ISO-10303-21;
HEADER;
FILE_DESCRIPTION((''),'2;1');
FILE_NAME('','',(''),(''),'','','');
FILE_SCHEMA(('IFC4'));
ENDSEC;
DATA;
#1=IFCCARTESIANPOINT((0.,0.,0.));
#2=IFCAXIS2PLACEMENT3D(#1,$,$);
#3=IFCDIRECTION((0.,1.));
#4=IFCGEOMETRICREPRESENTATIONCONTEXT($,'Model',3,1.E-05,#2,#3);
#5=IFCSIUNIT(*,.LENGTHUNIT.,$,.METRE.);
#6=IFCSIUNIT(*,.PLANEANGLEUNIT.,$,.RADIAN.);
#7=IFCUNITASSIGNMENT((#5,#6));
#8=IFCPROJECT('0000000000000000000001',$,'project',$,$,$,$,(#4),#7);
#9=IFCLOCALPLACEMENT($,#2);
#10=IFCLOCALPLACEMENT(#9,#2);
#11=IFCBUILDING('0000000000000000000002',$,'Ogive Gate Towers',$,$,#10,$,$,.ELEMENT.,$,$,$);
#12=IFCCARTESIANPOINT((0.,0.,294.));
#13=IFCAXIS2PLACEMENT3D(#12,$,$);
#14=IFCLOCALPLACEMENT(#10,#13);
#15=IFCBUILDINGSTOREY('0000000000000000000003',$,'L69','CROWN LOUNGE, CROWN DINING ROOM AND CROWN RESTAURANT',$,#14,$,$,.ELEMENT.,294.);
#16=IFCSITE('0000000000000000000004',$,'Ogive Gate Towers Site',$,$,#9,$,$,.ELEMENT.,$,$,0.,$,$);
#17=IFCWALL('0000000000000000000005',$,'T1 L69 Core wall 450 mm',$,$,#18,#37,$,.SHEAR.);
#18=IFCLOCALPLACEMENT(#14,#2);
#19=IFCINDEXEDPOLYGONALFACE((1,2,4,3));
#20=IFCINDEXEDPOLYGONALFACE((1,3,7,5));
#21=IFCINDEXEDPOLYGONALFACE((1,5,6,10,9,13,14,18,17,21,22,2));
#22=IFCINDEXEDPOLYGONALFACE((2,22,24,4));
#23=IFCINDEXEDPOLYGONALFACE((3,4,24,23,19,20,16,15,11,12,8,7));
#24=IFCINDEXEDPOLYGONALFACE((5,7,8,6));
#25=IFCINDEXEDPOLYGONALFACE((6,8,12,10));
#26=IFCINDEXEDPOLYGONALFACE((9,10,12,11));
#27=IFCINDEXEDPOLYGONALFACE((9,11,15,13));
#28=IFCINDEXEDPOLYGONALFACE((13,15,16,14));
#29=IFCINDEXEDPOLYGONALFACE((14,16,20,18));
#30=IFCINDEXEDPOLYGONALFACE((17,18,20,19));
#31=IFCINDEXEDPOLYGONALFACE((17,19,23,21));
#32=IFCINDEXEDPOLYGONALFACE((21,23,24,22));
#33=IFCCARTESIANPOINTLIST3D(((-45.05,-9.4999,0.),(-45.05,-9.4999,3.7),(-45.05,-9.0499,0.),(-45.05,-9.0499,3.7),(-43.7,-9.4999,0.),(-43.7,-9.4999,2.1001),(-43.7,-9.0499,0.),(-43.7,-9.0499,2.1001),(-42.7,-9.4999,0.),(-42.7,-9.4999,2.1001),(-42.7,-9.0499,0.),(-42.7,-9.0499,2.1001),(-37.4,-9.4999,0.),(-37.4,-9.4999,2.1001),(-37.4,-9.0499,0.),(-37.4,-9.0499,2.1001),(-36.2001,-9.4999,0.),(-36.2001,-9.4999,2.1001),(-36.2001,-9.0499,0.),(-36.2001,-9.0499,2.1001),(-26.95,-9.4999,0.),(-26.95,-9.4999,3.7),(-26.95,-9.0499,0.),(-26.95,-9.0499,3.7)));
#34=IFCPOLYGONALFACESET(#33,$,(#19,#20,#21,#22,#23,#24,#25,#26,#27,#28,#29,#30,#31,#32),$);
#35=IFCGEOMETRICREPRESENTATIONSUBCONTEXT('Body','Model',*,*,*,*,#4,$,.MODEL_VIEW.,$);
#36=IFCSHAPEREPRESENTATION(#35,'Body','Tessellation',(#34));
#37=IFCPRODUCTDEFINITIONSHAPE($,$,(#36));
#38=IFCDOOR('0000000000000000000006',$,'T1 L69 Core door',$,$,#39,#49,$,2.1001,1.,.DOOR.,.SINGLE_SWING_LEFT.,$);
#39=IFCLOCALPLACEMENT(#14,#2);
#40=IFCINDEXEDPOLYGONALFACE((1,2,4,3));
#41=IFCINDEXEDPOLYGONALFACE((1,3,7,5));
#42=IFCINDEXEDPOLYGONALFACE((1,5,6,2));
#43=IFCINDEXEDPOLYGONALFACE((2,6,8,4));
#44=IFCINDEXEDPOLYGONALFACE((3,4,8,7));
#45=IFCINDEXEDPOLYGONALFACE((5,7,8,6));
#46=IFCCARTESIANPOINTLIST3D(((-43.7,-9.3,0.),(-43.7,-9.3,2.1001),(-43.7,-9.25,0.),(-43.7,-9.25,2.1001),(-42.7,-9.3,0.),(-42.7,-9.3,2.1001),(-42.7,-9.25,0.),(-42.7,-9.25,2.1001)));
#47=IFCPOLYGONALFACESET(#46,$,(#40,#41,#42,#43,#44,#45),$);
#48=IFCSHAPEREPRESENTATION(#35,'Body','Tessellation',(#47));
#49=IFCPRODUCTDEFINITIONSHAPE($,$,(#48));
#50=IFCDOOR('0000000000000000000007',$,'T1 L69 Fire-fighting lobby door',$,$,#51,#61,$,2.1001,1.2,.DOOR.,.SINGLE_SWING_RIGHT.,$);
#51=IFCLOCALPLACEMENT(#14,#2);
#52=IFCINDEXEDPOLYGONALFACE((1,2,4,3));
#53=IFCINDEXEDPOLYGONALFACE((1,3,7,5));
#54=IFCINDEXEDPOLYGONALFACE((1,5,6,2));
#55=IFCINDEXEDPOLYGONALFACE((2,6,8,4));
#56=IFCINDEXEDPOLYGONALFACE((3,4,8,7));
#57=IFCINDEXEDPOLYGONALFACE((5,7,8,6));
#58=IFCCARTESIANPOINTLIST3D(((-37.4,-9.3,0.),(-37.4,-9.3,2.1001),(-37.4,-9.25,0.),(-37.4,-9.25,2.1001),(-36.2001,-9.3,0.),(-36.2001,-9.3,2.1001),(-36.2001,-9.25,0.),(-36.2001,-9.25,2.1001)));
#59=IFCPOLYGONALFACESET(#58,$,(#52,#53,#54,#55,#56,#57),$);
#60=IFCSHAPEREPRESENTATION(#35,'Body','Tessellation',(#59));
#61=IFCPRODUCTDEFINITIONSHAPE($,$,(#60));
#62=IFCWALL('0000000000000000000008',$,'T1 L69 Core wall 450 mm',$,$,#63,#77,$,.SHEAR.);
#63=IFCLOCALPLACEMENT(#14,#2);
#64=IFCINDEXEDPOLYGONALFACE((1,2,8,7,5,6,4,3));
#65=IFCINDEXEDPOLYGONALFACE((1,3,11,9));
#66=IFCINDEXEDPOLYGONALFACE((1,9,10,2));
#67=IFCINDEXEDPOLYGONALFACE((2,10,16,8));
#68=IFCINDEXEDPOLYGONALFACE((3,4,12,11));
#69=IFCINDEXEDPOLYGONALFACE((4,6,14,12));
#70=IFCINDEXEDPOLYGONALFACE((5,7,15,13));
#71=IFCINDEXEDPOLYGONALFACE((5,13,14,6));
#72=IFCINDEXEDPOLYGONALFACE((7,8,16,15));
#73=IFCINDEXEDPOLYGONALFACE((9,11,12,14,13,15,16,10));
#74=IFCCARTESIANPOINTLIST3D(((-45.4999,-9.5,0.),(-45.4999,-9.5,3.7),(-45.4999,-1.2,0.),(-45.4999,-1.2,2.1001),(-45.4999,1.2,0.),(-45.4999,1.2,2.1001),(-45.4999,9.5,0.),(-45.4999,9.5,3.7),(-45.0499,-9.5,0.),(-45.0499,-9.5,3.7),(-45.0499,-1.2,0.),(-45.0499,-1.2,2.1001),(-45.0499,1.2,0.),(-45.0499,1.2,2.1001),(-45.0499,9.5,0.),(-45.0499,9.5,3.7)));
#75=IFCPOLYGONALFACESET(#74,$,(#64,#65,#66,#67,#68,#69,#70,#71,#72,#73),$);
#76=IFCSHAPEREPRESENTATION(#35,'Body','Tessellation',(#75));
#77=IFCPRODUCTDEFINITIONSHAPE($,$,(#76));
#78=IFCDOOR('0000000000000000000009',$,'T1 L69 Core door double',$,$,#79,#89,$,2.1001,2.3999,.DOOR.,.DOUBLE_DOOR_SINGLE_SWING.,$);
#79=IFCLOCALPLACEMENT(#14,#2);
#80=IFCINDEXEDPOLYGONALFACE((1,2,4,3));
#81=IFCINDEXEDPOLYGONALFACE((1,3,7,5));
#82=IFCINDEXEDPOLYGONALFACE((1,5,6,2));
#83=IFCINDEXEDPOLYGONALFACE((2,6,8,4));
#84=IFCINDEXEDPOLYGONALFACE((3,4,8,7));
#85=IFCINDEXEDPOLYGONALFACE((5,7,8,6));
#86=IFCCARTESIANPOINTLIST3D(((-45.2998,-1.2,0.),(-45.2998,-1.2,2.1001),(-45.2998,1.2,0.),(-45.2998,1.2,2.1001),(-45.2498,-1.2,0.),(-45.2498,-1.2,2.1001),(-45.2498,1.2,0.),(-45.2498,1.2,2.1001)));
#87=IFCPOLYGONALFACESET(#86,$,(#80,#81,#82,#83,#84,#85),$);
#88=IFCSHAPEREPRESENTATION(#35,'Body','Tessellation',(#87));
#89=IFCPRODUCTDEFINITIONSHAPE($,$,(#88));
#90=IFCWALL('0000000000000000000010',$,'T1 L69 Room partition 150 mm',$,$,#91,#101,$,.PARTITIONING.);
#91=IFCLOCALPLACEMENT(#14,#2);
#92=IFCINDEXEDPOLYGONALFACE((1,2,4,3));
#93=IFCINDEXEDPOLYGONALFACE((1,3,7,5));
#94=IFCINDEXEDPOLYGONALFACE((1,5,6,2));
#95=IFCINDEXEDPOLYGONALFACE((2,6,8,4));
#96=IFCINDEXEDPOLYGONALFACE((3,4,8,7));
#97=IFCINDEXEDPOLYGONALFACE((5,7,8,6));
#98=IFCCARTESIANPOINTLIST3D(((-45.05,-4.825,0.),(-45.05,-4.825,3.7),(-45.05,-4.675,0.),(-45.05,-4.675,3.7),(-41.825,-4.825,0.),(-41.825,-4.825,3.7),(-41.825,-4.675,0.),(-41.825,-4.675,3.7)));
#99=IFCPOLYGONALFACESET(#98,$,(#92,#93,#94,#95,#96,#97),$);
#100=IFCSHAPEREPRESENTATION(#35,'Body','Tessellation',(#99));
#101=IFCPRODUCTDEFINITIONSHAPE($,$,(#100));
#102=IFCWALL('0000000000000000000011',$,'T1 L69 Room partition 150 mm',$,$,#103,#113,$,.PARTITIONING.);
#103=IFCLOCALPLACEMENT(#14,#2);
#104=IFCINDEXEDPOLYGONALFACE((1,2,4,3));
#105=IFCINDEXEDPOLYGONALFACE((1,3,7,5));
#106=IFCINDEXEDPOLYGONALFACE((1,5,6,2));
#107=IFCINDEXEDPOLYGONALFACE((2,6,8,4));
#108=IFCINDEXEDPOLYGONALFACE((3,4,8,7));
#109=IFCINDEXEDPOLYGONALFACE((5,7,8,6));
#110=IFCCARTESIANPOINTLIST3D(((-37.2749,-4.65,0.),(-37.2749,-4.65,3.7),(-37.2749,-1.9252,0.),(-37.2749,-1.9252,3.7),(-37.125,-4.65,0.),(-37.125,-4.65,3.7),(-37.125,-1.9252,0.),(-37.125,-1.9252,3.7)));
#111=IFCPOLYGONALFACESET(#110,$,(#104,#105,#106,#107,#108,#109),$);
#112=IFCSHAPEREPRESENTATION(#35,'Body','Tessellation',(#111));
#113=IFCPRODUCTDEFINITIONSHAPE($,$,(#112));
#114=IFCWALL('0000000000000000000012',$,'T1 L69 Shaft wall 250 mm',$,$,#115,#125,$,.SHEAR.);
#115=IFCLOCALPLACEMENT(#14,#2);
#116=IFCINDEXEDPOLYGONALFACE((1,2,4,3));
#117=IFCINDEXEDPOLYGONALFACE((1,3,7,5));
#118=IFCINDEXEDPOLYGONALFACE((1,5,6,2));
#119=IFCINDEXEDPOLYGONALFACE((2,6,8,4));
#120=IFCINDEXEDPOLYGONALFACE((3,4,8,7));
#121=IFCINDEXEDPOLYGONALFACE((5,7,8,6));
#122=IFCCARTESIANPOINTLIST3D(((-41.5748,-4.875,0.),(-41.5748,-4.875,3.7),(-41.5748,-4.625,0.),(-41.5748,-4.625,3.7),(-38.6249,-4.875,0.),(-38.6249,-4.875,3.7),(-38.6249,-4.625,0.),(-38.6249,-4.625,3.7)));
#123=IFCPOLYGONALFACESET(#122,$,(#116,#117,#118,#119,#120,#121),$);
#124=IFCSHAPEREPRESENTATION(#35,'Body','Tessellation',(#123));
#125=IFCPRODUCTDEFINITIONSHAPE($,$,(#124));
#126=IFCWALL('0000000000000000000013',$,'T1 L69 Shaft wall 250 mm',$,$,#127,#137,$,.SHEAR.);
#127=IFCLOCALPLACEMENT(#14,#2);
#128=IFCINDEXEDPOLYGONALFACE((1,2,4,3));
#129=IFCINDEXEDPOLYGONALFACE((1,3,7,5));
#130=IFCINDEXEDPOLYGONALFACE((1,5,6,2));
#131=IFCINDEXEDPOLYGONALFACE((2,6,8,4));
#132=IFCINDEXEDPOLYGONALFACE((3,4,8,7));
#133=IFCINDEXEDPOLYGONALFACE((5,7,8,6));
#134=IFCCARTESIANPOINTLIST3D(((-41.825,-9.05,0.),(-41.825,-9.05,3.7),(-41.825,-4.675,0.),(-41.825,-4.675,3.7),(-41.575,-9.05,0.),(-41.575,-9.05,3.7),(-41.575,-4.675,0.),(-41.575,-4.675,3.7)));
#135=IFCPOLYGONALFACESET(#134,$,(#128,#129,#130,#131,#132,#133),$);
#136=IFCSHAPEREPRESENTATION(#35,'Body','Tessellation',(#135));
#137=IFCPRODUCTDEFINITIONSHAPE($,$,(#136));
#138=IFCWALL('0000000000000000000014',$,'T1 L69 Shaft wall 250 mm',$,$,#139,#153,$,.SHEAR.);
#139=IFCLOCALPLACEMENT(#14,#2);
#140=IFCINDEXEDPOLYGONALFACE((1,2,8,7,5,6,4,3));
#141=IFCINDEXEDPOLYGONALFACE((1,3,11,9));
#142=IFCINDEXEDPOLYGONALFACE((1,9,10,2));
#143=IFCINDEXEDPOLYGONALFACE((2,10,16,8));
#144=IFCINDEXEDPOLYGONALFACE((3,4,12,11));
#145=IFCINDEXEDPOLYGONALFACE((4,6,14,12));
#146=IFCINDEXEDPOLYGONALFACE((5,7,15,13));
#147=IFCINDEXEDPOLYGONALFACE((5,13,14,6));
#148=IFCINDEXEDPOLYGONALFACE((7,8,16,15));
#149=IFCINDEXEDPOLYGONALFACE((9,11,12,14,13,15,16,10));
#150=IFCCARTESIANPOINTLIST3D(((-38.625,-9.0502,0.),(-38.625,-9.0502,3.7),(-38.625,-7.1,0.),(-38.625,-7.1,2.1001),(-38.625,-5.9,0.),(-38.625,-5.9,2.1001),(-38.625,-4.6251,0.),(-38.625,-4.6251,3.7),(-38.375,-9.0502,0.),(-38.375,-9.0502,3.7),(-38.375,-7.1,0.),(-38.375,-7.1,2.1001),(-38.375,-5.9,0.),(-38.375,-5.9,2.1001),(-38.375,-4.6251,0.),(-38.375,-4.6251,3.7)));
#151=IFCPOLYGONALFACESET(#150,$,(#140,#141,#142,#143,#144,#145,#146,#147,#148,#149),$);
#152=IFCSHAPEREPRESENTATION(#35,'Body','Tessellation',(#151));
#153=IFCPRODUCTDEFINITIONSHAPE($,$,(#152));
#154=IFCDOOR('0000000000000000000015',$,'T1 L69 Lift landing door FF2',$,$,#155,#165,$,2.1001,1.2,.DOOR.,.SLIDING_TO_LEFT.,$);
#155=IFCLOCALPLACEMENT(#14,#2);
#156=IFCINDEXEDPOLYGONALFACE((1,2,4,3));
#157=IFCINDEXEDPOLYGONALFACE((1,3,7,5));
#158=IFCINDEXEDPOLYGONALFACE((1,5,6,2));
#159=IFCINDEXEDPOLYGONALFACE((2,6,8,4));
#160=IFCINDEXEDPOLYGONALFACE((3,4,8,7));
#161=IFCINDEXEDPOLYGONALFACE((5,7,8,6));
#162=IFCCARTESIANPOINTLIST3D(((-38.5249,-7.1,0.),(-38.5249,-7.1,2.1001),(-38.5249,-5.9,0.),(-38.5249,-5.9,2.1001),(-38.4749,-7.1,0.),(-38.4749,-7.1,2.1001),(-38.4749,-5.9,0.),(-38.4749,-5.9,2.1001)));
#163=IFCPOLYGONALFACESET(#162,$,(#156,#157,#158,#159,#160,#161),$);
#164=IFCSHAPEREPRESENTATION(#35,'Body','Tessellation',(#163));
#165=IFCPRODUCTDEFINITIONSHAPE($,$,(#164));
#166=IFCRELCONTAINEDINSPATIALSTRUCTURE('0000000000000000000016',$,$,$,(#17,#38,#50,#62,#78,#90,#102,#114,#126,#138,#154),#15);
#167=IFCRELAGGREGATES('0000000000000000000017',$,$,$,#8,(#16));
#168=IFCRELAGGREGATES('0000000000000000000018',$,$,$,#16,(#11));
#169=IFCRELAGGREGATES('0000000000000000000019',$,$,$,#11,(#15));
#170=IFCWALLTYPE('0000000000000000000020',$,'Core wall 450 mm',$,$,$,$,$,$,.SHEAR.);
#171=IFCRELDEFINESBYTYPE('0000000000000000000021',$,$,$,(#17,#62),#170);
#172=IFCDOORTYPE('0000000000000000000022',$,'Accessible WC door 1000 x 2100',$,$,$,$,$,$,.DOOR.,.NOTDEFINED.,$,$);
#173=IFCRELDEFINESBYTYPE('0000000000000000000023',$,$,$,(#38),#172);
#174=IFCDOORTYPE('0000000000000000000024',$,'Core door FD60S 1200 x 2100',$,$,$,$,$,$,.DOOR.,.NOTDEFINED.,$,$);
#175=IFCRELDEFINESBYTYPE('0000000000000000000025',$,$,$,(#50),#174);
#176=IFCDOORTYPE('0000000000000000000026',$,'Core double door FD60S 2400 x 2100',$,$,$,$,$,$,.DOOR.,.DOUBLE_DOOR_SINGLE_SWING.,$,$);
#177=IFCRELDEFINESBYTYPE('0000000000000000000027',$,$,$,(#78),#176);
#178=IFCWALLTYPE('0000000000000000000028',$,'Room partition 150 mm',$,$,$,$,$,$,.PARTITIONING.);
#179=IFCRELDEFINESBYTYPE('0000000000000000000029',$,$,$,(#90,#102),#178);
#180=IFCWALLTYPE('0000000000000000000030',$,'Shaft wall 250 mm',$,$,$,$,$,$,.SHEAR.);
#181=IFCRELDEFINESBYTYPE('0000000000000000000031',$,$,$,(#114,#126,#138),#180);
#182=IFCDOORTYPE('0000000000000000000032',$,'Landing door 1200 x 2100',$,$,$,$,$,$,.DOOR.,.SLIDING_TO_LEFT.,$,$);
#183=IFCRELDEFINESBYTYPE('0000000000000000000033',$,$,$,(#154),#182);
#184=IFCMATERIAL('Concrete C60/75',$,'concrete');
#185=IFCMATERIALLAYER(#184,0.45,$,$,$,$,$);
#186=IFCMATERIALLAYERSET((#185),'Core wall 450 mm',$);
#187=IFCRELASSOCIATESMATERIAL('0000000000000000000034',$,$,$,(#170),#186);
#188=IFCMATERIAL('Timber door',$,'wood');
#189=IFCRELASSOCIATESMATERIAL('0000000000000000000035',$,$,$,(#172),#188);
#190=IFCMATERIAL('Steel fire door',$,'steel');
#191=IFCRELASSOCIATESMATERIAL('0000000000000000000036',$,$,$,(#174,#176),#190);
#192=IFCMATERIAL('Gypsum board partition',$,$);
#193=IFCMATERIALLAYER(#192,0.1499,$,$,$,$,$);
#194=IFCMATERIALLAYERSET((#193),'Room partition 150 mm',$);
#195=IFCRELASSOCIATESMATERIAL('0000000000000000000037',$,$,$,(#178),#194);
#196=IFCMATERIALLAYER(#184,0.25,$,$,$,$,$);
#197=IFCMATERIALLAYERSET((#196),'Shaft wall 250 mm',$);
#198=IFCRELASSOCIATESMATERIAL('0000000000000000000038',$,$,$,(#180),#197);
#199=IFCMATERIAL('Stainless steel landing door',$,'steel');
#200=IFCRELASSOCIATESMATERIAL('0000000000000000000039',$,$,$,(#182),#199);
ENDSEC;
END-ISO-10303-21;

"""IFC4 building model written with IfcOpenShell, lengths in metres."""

from ifc_helpers import new_model, si_unit, direction, frame, frame_2d, origin, place, context, subcontext, project, spatial, rectangle, extrude, material, layer, layer_set, type_object, element, fill, save


model = new_model("IFC4")

# Units and contexts
model_context = context("Model", 3, precision=1e-05, world=origin(), true_north=direction((0.0, 1.0)))
body_context = subcontext(model_context, "Body", "Model", "MODEL_VIEW")
ifc_project = project(units=[si_unit("LENGTHUNIT", "METRE"), si_unit("PLANEANGLEUNIT", "RADIAN")], contexts=[model_context])

# Site, building, storey
site_placement = place(None, origin())
site = spatial("IfcSite", under=ifc_project, at=site_placement, Name="Ogive Gate Towers Site", CompositionType="ELEMENT", RefElevation=0.0)
building_placement = place(site_placement, origin())
building = spatial("IfcBuilding", under=site, at=building_placement, Name="Ogive Gate Towers", CompositionType="ELEMENT")
storey_placement = place(building_placement, frame((0.0, 0.0, 294.0)))
storey = spatial("IfcBuildingStorey", under=building, at=storey_placement, Name="L69", Description="CROWN LOUNGE, CROWN DINING ROOM AND CROWN RESTAURANT", CompositionType="ELEMENT", Elevation=294.0)

# Wall, openings, doors
ifc_material_1 = material(Name="Concrete C60/75", Category="concrete")
ifc_layer_1 = layer(ifc_material_1, 0.45)
ifc_layer_set_1 = layer_set([ifc_layer_1], Name="Core wall 450 mm")
wall_type_1 = type_object("IfcWallType", Name="Core wall 450 mm", PredefinedType="SHEAR", material=ifc_layer_set_1)
wall_1_placement = place(storey_placement, frame((-45.05, -9.2749, 0.0), z_axis=(0.0, 0.0, 1.0), x_axis=(1.0, 0.0, 0.0)))
wall_1 = element("IfcWall", 1, at=wall_1_placement, inside=storey, type_object=wall_type_1, Name="T1 L69 Core wall 450 mm", PredefinedType="SHEAR", context=body_context, shape_type="SweptSolid", body=[
    extrude(rectangle(XDim=18.1001, YDim=0.45, at=frame_2d((9.05, 0.0))), origin(), (0.0, 0.0, 1.0), 3.7),
])
opening_1_placement = place(wall_1_placement, frame((7.6499, 0.0, 0.0)))
opening_1 = element("IfcOpeningElement", 2, at=opening_1_placement, cuts=wall_1, PredefinedType="OPENING", context=body_context, shape_type="SweptSolid", body=[
    extrude(rectangle(XDim=1.2, YDim=2.1001, at=frame_2d((0.6001, 1.05))), frame((0.0, 0.2349, 0.0), z_axis=(0.0, -1.0, 0.0), x_axis=(1.0, 0.0, 0.0)), (0.0, 0.0, 1.0), 0.47),
])
opening_2_placement = place(wall_1_placement, frame((1.3501, 0.0, 0.0)))
opening_2 = element("IfcOpeningElement", 3, at=opening_2_placement, cuts=wall_1, PredefinedType="OPENING", context=body_context, shape_type="SweptSolid", body=[
    extrude(rectangle(XDim=1.0, YDim=2.1001, at=frame_2d((0.5, 1.05))), frame((0.0, 0.2349, 0.0), z_axis=(0.0, -1.0, 0.0), x_axis=(1.0, 0.0, 0.0)), (0.0, 0.0, 1.0), 0.47),
])
ifc_material_2 = material(Name="Timber door", Category="wood")
door_type_1 = type_object("IfcDoorType", Name="Accessible WC door 1000 x 2100", OperationType="NOTDEFINED", PredefinedType="DOOR", material=ifc_material_2)
door_1_placement = place(opening_2_placement, origin())
door_1 = element("IfcDoor", 4, at=door_1_placement, inside=storey, type_object=door_type_1, Name="T1 L69 Core door", OperationType="SINGLE_SWING_LEFT", OverallHeight=2.1001, OverallWidth=1.0, PredefinedType="DOOR", context=body_context, shape_type="SweptSolid", body=[
    extrude(rectangle(XDim=1.0, YDim=2.1001, at=frame_2d((0.5, 1.05))), frame((0.0, 0.0249, 0.0), z_axis=(0.0, -1.0, 0.0), x_axis=(1.0, 0.0, 0.0)), (0.0, 0.0, 1.0), 0.05),
])
fill(opening_2, door_1)
ifc_material_3 = material(Name="Steel fire door", Category="steel")
door_type_2 = type_object("IfcDoorType", Name="Core door FD60S 1200 x 2100", OperationType="NOTDEFINED", PredefinedType="DOOR", material=ifc_material_3)
door_2_placement = place(opening_1_placement, origin())
door_2 = element("IfcDoor", 5, at=door_2_placement, inside=storey, type_object=door_type_2, Name="T1 L69 Fire-fighting lobby door", OperationType="SINGLE_SWING_RIGHT", OverallHeight=2.1001, OverallWidth=1.2, PredefinedType="DOOR", context=body_context, shape_type="SweptSolid", body=[
    extrude(rectangle(XDim=1.2, YDim=2.1001, at=frame_2d((0.6001, 1.05))), frame((0.0, 0.0249, 0.0), z_axis=(0.0, -1.0, 0.0), x_axis=(1.0, 0.0, 0.0)), (0.0, 0.0, 1.0), 0.05),
])
fill(opening_1, door_2)

# Wall, opening, door
wall_2_placement = place(storey_placement, frame((-45.2749, -9.5, 0.0), z_axis=(0.0, 0.0, 1.0), x_axis=(0.0, 1.0, 0.0)))
wall_2 = element("IfcWall", 6, at=wall_2_placement, inside=storey, type_object=wall_type_1, Name="T1 L69 Core wall 450 mm", PredefinedType="SHEAR", context=body_context, shape_type="SweptSolid", body=[
    extrude(rectangle(XDim=19.0, YDim=0.45, at=frame_2d((9.5, 0.0))), origin(), (0.0, 0.0, 1.0), 3.7),
])
opening_3_placement = place(wall_2_placement, frame((8.3, 0.0, 0.0)))
opening_3 = element("IfcOpeningElement", 7, at=opening_3_placement, cuts=wall_2, PredefinedType="OPENING", context=body_context, shape_type="SweptSolid", body=[
    extrude(rectangle(XDim=2.3999, YDim=2.1001, at=frame_2d((1.2, 1.05))), frame((0.0, 0.2349, 0.0), z_axis=(0.0, -1.0, 0.0), x_axis=(1.0, 0.0, 0.0)), (0.0, 0.0, 1.0), 0.47),
])
door_type_3 = type_object("IfcDoorType", Name="Core double door FD60S 2400 x 2100", OperationType="DOUBLE_DOOR_SINGLE_SWING", PredefinedType="DOOR", material=ifc_material_3)
door_3_placement = place(opening_3_placement, origin())
door_3 = element("IfcDoor", 8, at=door_3_placement, inside=storey, type_object=door_type_3, Name="T1 L69 Core door double", OperationType="DOUBLE_DOOR_SINGLE_SWING", OverallHeight=2.1001, OverallWidth=2.3999, PredefinedType="DOOR", context=body_context, shape_type="SweptSolid", body=[
    extrude(rectangle(XDim=2.3999, YDim=2.1001, at=frame_2d((1.2, 1.05))), frame((0.0, 0.0249, 0.0), z_axis=(0.0, -1.0, 0.0), x_axis=(1.0, 0.0, 0.0)), (0.0, 0.0, 1.0), 0.05),
])
fill(opening_3, door_3)

# Walls
ifc_material_4 = material(Name="Gypsum board partition")
ifc_layer_2 = layer(ifc_material_4, 0.1499)
ifc_layer_set_2 = layer_set([ifc_layer_2], Name="Room partition 150 mm")
wall_type_2 = type_object("IfcWallType", Name="Room partition 150 mm", PredefinedType="PARTITIONING", material=ifc_layer_set_2)
wall_3_placement = place(storey_placement, frame((-45.05, -4.75, 0.0), z_axis=(0.0, 0.0, 1.0), x_axis=(1.0, 0.0, 0.0)))
element("IfcWall", 9, at=wall_3_placement, inside=storey, type_object=wall_type_2, Name="T1 L69 Room partition 150 mm", PredefinedType="PARTITIONING", context=body_context, shape_type="SweptSolid", body=[
    extrude(rectangle(XDim=3.2251, YDim=0.1499, at=frame_2d((1.6125, 0.0))), origin(), (0.0, 0.0, 1.0), 3.7),
])
wall_4_placement = place(storey_placement, frame((-37.2, -4.6499, 0.0), z_axis=(0.0, 0.0, 1.0), x_axis=(0.0, 1.0, 0.0)))
element("IfcWall", 10, at=wall_4_placement, inside=storey, type_object=wall_type_2, Name="T1 L69 Room partition 150 mm", PredefinedType="PARTITIONING", context=body_context, shape_type="SweptSolid", body=[
    extrude(rectangle(XDim=2.7249, YDim=0.1499, at=frame_2d((1.3623, 0.0))), origin(), (0.0, 0.0, 1.0), 3.7),
])
ifc_layer_3 = layer(ifc_material_1, 0.25)
ifc_layer_set_3 = layer_set([ifc_layer_3], Name="Shaft wall 250 mm")
wall_type_3 = type_object("IfcWallType", Name="Shaft wall 250 mm", PredefinedType="SHEAR", material=ifc_layer_set_3)
wall_5_placement = place(storey_placement, frame((-41.575, -4.75, 0.0), z_axis=(0.0, 0.0, 1.0), x_axis=(1.0, 0.0, 0.0)))
element("IfcWall", 11, at=wall_5_placement, inside=storey, type_object=wall_type_3, Name="T1 L69 Shaft wall 250 mm", PredefinedType="SHEAR", context=body_context, shape_type="SweptSolid", body=[
    extrude(rectangle(XDim=2.95, YDim=0.25, at=frame_2d((1.4751, 0.0))), origin(), (0.0, 0.0, 1.0), 3.7),
])
wall_6_placement = place(storey_placement, frame((-41.7, -9.05, 0.0), z_axis=(0.0, 0.0, 1.0), x_axis=(0.0, 1.0, 0.0)))
element("IfcWall", 12, at=wall_6_placement, inside=storey, type_object=wall_type_3, Name="T1 L69 Shaft wall 250 mm", PredefinedType="SHEAR", context=body_context, shape_type="SweptSolid", body=[
    extrude(rectangle(XDim=4.375, YDim=0.25, at=frame_2d((2.1875, 0.0))), origin(), (0.0, 0.0, 1.0), 3.7),
])

# Wall, opening, door
wall_7_placement = place(storey_placement, frame((-38.5, -9.05, 0.0), z_axis=(0.0, 0.0, 1.0), x_axis=(0.0, 1.0, 0.0)))
wall_7 = element("IfcWall", 13, at=wall_7_placement, inside=storey, type_object=wall_type_3, Name="T1 L69 Shaft wall 250 mm", PredefinedType="SHEAR", context=body_context, shape_type="SweptSolid", body=[
    extrude(rectangle(XDim=4.425, YDim=0.25, at=frame_2d((2.2124, 0.0))), origin(), (0.0, 0.0, 1.0), 3.7),
])
opening_4_placement = place(wall_7_placement, frame((1.95, 0.0, 0.0)))
opening_4 = element("IfcOpeningElement", 14, at=opening_4_placement, cuts=wall_7, PredefinedType="OPENING", context=body_context, shape_type="SweptSolid", body=[
    extrude(rectangle(XDim=1.2, YDim=2.1001, at=frame_2d((0.6001, 1.05))), frame((0.0, 0.135, 0.0), z_axis=(0.0, -1.0, 0.0), x_axis=(1.0, 0.0, 0.0)), (0.0, 0.0, 1.0), 0.27),
])
ifc_material_5 = material(Name="Stainless steel landing door", Category="steel")
door_type_4 = type_object("IfcDoorType", Name="Landing door 1200 x 2100", OperationType="SLIDING_TO_LEFT", PredefinedType="DOOR", material=ifc_material_5)
door_4_placement = place(opening_4_placement, origin())
door_4 = element("IfcDoor", 15, at=door_4_placement, inside=storey, type_object=door_type_4, Name="T1 L69 Lift landing door FF2", OperationType="SLIDING_TO_LEFT", OverallHeight=2.1001, OverallWidth=1.2, PredefinedType="DOOR", context=body_context, shape_type="SweptSolid", body=[
    extrude(rectangle(XDim=1.2, YDim=2.1001, at=frame_2d((0.6001, 1.05))), frame((0.0, 0.0249, 0.0), z_axis=(0.0, -1.0, 0.0), x_axis=(1.0, 0.0, 0.0)), (0.0, 0.0, 1.0), 0.05),
])
fill(opening_4, door_4)

save(model, "model.ifc")
